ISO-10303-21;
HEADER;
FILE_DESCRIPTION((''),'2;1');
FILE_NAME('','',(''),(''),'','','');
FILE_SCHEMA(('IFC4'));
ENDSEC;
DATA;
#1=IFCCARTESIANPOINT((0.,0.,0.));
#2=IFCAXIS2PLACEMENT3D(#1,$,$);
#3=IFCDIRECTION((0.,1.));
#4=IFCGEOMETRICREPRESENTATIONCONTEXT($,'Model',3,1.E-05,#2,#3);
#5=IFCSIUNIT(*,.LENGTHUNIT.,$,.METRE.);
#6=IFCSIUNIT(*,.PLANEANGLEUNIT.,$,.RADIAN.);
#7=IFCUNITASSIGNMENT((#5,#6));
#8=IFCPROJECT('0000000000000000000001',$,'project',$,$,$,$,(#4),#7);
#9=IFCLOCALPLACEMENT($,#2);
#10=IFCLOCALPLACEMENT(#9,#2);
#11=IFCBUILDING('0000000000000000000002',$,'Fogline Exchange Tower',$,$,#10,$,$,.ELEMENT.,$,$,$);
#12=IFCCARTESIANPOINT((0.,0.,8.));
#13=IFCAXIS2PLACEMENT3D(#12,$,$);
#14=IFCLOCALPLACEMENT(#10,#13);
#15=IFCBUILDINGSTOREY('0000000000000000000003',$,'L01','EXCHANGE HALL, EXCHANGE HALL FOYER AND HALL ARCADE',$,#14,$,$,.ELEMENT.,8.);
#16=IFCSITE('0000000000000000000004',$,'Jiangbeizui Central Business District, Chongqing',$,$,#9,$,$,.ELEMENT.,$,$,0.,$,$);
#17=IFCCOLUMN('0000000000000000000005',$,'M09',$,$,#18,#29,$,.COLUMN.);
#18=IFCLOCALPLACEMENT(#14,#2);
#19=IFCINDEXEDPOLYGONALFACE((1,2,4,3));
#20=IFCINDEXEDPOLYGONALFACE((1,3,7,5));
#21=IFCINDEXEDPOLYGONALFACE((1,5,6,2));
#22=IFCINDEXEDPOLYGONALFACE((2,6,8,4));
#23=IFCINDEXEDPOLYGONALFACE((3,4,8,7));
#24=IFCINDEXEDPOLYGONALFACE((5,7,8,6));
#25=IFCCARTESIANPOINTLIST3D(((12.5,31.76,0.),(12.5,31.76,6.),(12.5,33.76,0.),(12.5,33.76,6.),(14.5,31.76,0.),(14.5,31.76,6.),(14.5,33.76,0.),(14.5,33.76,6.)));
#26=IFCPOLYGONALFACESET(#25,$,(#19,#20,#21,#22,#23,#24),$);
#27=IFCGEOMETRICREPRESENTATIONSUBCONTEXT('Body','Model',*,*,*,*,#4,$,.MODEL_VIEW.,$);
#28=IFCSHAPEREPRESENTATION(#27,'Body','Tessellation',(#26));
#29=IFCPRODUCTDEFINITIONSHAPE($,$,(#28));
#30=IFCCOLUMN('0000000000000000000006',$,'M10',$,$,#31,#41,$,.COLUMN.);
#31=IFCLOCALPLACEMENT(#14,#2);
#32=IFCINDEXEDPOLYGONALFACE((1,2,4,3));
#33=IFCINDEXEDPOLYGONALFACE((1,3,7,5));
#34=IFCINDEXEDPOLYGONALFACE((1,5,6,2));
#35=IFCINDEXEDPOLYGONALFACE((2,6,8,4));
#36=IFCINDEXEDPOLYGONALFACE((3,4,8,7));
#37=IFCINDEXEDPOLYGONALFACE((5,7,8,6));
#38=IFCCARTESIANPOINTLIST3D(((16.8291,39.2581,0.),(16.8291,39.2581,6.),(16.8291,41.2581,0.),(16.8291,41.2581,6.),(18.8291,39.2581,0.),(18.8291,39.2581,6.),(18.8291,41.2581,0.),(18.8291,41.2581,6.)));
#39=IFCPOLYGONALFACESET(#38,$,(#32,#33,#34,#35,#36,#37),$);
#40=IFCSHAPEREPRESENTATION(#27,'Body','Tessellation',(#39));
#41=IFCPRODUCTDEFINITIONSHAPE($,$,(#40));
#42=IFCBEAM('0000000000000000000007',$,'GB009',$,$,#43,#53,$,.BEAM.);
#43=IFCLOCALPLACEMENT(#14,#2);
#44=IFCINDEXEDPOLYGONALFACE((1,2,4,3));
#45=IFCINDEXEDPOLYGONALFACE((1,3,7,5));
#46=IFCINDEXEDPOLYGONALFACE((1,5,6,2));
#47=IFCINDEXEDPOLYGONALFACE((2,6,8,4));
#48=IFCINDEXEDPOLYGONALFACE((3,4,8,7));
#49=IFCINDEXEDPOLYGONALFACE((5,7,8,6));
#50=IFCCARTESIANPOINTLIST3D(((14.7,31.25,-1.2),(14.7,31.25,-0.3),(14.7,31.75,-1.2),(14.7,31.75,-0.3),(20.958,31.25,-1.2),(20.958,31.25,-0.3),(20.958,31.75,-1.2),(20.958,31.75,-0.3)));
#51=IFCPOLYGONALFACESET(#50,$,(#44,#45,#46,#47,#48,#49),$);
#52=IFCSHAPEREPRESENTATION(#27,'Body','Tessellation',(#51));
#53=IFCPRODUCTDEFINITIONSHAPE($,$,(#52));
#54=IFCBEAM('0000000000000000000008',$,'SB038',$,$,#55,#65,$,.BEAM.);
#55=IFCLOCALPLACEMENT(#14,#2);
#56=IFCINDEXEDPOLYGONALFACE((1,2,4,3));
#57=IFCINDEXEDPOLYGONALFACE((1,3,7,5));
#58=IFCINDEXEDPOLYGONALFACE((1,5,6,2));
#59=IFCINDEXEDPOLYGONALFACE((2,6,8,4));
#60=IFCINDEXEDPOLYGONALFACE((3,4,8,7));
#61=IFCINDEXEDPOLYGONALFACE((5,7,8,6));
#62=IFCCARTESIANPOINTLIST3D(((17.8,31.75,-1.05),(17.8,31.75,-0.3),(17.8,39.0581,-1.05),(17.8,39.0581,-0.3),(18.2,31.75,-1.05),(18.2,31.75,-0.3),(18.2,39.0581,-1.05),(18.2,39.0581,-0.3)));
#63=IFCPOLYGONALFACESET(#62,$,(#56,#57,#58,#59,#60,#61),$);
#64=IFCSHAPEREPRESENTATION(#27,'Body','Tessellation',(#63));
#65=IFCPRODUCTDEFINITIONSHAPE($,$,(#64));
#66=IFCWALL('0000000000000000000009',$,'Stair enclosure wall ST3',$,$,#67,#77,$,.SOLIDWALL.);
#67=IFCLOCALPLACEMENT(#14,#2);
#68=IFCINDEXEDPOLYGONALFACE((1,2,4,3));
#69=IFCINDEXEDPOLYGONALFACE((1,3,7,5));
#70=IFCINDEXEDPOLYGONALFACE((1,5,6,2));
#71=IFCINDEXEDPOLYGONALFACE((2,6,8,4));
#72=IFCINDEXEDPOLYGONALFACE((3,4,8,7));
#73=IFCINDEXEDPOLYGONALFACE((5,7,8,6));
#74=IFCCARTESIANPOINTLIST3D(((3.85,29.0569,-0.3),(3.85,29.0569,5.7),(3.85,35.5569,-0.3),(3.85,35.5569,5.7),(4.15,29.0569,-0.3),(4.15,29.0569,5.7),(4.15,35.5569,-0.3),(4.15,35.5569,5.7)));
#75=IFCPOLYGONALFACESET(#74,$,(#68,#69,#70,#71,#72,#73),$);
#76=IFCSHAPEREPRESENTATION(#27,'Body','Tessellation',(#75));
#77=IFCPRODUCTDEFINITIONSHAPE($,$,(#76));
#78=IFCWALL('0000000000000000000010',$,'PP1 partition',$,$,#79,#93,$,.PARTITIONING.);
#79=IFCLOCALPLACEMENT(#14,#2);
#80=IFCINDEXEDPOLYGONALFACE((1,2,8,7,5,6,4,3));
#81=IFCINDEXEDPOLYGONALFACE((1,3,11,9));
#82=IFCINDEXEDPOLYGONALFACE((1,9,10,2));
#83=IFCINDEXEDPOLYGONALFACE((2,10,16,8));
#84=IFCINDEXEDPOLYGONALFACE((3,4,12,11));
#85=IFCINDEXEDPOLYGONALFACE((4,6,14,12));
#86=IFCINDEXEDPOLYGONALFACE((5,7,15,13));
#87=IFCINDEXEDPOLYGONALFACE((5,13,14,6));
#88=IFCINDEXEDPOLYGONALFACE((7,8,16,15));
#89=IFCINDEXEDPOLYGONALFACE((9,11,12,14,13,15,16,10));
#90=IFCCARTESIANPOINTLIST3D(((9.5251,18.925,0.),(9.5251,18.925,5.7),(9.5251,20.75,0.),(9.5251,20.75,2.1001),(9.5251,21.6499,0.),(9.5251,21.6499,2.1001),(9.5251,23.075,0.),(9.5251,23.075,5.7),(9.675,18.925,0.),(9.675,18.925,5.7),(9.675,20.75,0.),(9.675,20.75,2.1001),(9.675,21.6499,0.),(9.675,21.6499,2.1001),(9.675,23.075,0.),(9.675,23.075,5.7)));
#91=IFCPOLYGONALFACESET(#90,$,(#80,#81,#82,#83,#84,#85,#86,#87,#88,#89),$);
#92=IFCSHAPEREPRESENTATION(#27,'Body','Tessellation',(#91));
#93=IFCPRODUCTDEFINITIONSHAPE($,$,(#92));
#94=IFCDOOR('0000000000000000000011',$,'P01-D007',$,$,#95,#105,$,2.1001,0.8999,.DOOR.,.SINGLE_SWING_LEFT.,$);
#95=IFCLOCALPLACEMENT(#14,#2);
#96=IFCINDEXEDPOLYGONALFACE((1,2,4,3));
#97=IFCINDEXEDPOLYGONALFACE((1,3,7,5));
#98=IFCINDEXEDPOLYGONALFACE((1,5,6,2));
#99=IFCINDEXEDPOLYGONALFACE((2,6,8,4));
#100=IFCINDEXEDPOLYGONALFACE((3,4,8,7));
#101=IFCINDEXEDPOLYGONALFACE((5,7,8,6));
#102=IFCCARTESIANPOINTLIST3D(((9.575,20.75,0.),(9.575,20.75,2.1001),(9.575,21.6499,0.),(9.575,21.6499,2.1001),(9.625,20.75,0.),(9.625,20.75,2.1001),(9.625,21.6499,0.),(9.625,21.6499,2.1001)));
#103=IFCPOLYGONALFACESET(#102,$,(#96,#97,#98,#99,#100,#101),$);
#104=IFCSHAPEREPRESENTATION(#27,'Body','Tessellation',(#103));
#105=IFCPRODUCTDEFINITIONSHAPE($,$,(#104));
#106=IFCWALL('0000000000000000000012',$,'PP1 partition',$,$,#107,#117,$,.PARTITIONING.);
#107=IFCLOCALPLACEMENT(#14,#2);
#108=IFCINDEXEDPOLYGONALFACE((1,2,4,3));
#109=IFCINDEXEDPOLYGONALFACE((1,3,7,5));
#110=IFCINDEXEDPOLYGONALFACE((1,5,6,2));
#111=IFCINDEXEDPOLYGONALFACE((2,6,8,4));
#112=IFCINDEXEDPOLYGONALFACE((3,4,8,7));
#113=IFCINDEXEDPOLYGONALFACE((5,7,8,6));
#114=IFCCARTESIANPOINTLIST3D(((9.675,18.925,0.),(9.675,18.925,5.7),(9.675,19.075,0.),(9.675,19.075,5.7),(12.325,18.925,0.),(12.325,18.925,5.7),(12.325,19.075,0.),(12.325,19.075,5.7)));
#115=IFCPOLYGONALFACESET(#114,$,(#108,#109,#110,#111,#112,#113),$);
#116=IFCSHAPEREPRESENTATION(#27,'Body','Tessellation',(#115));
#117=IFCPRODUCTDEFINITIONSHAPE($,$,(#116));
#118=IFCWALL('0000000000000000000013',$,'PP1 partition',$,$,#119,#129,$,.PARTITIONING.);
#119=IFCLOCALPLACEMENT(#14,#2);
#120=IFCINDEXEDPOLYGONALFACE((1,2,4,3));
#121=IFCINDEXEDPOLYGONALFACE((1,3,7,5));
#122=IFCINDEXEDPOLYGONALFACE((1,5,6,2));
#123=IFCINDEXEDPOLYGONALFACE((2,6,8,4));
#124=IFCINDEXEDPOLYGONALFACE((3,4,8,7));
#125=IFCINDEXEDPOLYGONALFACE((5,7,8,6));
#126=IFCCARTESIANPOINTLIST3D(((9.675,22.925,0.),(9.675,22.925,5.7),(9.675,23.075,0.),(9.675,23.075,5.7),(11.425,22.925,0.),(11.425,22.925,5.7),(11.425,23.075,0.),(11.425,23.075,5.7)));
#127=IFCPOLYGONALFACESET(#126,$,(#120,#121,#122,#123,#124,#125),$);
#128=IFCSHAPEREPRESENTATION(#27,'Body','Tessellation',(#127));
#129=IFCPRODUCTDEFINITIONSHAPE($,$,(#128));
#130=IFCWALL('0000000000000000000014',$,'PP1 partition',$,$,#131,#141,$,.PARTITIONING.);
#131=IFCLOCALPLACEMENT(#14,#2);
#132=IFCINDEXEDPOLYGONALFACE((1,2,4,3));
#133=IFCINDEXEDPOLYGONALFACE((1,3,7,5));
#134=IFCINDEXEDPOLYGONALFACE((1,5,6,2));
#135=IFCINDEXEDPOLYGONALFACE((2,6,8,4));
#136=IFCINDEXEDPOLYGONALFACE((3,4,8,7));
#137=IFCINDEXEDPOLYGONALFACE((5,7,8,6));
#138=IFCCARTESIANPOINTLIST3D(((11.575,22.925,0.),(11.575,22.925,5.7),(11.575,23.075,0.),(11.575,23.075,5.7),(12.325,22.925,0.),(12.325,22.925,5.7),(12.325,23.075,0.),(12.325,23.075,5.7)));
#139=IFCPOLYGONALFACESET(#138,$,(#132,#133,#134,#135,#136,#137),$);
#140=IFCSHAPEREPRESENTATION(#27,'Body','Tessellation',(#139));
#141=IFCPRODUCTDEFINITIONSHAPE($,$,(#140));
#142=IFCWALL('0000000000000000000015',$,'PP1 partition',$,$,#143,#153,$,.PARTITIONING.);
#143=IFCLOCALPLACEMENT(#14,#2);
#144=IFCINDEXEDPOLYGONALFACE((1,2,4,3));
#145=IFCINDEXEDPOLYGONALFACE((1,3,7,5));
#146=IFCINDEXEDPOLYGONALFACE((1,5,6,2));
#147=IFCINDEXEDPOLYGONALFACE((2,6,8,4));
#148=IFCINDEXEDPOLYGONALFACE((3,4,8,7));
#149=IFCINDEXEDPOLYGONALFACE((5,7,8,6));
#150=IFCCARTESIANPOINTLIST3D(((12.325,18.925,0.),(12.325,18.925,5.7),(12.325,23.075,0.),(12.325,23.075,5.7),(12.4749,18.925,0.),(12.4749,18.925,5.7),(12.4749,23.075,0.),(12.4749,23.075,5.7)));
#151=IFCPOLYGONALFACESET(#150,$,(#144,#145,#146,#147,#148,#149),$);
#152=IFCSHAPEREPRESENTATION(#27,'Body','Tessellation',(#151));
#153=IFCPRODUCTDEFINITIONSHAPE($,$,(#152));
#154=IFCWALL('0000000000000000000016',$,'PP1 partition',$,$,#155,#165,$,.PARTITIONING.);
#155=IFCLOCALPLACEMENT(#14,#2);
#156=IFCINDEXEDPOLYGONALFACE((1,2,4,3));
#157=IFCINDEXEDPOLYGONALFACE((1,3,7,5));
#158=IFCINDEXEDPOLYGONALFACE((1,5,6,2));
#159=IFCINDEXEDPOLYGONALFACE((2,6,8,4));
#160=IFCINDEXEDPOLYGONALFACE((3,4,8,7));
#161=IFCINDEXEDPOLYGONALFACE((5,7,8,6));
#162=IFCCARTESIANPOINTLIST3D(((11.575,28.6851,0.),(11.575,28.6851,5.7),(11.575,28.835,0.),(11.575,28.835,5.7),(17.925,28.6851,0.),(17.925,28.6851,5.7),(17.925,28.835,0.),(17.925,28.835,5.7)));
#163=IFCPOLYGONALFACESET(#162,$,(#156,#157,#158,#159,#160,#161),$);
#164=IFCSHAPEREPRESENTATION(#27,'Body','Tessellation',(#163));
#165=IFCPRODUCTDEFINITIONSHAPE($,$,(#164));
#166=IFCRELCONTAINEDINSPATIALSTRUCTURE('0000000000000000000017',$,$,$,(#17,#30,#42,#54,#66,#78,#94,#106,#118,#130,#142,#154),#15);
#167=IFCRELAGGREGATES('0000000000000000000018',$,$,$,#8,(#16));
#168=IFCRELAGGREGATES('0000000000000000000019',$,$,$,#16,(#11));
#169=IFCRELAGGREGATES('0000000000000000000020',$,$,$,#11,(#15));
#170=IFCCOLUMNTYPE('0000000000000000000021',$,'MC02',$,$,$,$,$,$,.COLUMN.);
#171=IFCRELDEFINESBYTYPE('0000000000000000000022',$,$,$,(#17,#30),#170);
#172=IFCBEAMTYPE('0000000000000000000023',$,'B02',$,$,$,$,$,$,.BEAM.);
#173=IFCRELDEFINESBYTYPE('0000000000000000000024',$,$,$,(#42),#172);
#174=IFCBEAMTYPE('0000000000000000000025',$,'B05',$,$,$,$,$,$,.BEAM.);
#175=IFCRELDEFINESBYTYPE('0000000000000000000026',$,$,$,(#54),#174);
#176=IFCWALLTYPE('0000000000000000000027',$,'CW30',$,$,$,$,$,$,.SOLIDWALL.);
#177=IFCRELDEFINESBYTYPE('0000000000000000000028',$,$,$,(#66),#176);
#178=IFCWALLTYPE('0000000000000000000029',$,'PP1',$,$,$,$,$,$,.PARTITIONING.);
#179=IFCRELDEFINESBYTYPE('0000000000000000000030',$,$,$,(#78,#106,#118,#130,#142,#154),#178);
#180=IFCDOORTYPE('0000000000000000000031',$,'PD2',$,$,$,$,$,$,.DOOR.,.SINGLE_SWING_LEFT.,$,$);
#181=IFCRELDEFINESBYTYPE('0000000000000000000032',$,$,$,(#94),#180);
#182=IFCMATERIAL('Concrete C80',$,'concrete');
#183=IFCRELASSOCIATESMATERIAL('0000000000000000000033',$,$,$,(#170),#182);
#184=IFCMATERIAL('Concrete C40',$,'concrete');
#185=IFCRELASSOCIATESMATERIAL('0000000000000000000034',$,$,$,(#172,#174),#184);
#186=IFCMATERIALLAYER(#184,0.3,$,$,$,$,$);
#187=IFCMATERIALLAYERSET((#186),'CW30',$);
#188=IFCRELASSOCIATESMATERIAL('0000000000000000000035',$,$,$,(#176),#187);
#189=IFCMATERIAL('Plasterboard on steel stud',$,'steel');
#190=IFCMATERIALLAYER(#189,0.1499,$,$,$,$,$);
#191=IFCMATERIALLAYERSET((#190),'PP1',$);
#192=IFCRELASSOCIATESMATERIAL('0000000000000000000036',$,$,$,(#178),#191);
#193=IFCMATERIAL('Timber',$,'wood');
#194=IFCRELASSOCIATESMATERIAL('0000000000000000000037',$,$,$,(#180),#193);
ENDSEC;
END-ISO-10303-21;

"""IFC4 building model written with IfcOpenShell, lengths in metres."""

from ifc_helpers import new_model, si_unit, direction, frame, frame_2d, origin, origin_2d, place, context, subcontext, project, spatial, rectangle, extrude, material, layer, layer_set, material_profile, profile_set, type_object, element, fill, save


model = new_model("IFC4")

# Units and contexts
model_context = context("Model", 3, precision=1e-05, world=origin(), true_north=direction((0.0, 1.0)))
body_context = subcontext(model_context, "Body", "Model", "MODEL_VIEW")
ifc_project = project(units=[si_unit("LENGTHUNIT", "METRE"), si_unit("PLANEANGLEUNIT", "RADIAN")], contexts=[model_context])

# Site, building, storey
site_placement = place(None, origin())
site = spatial("IfcSite", under=ifc_project, at=site_placement, Name="Jiangbeizui Central Business District, Chongqing", CompositionType="ELEMENT", RefElevation=0.0)
building_placement = place(site_placement, origin())
building = spatial("IfcBuilding", under=site, at=building_placement, Name="Fogline Exchange Tower", CompositionType="ELEMENT")
storey_placement = place(building_placement, frame((0.0, 0.0, 8.0)))
storey = spatial("IfcBuildingStorey", under=building, at=storey_placement, Name="L01", Description="EXCHANGE HALL, EXCHANGE HALL FOYER AND HALL ARCADE", CompositionType="ELEMENT", Elevation=8.0)

# Columns
ifc_material_1 = material(Name="Concrete C80", Category="concrete")
ifc_material_profile_1 = material_profile(ifc_material_1, rectangle(XDim=2.0, YDim=2.0, at=origin_2d()), Name="RC 2000x2000")
ifc_profile_set_1 = profile_set([ifc_material_profile_1], Name="Concrete C80")
column_type = type_object("IfcColumnType", Name="MC02", PredefinedType="COLUMN", material=ifc_profile_set_1)
for number, where, z_axis, x_axis, name in (
    (1, (13.5, 32.76, 0.0), (0.0, 0.0, 1.0), (1.0, 0.0, 0.0), "M09"),
    (2, (17.8291, 40.2581, 0.0), (0.0, 0.0, 1.0), (1.0, 0.0, 0.0), "M10"),
):
    element("IfcColumn", number, at=place(storey_placement, frame(where, z_axis=z_axis, x_axis=x_axis)), inside=storey, type_object=column_type, Name=name, PredefinedType="COLUMN", context=body_context, shape_type="SweptSolid", body=[
        extrude(rectangle(XDim=2.0, YDim=2.0, at=origin_2d()), origin(), (0.0, 0.0, 1.0), 6.0),
    ])

# Beams
ifc_material_2 = material(Name="Concrete C40", Category="concrete")
ifc_material_profile_2 = material_profile(ifc_material_2, rectangle(XDim=0.5, YDim=0.8999, at=origin_2d()), Name="RC 500x900")
ifc_profile_set_2 = profile_set([ifc_material_profile_2], Name="Concrete C40")
beam_type_1 = type_object("IfcBeamType", Name="B02", PredefinedType="BEAM", material=ifc_profile_set_2)
beam_1_placement = place(storey_placement, frame((14.7, 31.5, -0.75), z_axis=(1.0, 0.0, 0.0), x_axis=(0.0, 1.0, 0.0)))
element("IfcBeam", 3, at=beam_1_placement, inside=storey, type_object=beam_type_1, Name="GB009", PredefinedType="BEAM", context=body_context, shape_type="SweptSolid", body=[
    extrude(rectangle(XDim=0.5, YDim=0.8999, at=origin_2d()), origin(), (0.0, 0.0, 1.0), 6.2581),
])
ifc_material_profile_3 = material_profile(ifc_material_2, rectangle(XDim=0.3999, YDim=0.75, at=origin_2d()), Name="RC 400x750")
ifc_profile_set_3 = profile_set([ifc_material_profile_3], Name="Concrete C40")
beam_type_2 = type_object("IfcBeamType", Name="B05", PredefinedType="BEAM", material=ifc_profile_set_3)
beam_2_placement = place(storey_placement, frame((18.0, 31.75, -0.675), z_axis=(0.0, 1.0, 0.0), x_axis=(-1.0, 0.0, 0.0)))
element("IfcBeam", 4, at=beam_2_placement, inside=storey, type_object=beam_type_2, Name="SB038", PredefinedType="BEAM", context=body_context, shape_type="SweptSolid", body=[
    extrude(rectangle(XDim=0.3999, YDim=0.75, at=origin_2d()), origin(), (0.0, 0.0, 1.0), 7.3081),
])

# Wall
ifc_layer_1 = layer(ifc_material_2, 0.3)
ifc_layer_set_1 = layer_set([ifc_layer_1], Name="CW30")
wall_type_1 = type_object("IfcWallType", Name="CW30", PredefinedType="SOLIDWALL", material=ifc_layer_set_1)
wall_1_placement = place(storey_placement, frame((4.0, 29.0569, -0.3), z_axis=(0.0, 0.0, 1.0), x_axis=(0.0, 1.0, 0.0)))
element("IfcWall", 5, at=wall_1_placement, inside=storey, type_object=wall_type_1, Name="Stair enclosure wall ST3", PredefinedType="SOLIDWALL", context=body_context, shape_type="SweptSolid", body=[
    extrude(rectangle(XDim=6.5, YDim=0.3, at=frame_2d((3.25, 0.0))), origin(), (0.0, 0.0, 1.0), 6.0),
])

# Wall, opening, door
ifc_material_3 = material(Name="Plasterboard on steel stud", Category="steel")
ifc_layer_2 = layer(ifc_material_3, 0.1499)
ifc_layer_set_2 = layer_set([ifc_layer_2], Name="PP1")
wall_type_2 = type_object("IfcWallType", Name="PP1", PredefinedType="PARTITIONING", material=ifc_layer_set_2)
wall_2_placement = place(storey_placement, frame((9.6001, 18.925, 0.0), z_axis=(0.0, 0.0, 1.0), x_axis=(0.0, 1.0, 0.0)))
wall_2 = element("IfcWall", 6, at=wall_2_placement, inside=storey, type_object=wall_type_2, Name="PP1 partition", PredefinedType="PARTITIONING", context=body_context, shape_type="SweptSolid", body=[
    extrude(rectangle(XDim=4.1499, YDim=0.1499, at=frame_2d((2.075, 0.0))), origin(), (0.0, 0.0, 1.0), 5.7),
])
opening_1_placement = place(wall_2_placement, frame((1.825, 0.0, 0.0)))
opening_1 = element("IfcOpeningElement", 7, at=opening_1_placement, cuts=wall_2, PredefinedType="OPENING", context=body_context, shape_type="SweptSolid", body=[
    extrude(rectangle(XDim=0.8999, YDim=2.1001, at=frame_2d((0.45, 1.05))), frame((0.0, 0.085, 0.0), z_axis=(0.0, -1.0, 0.0), x_axis=(1.0, 0.0, 0.0)), (0.0, 0.0, 1.0), 0.1699),
])
ifc_material_4 = material(Name="Timber", Category="wood")
door_type_1 = type_object("IfcDoorType", Name="PD2", OperationType="SINGLE_SWING_LEFT", PredefinedType="DOOR", material=ifc_material_4)
door_1_placement = place(opening_1_placement, frame((0.8999, 0.0, 0.0), z_axis=(0.0, 0.0, 1.0), x_axis=(-1.0, 0.0, 0.0)))
door_1 = element("IfcDoor", 8, at=door_1_placement, inside=storey, type_object=door_type_1, Name="P01-D007", OperationType="SINGLE_SWING_LEFT", OverallHeight=2.1001, OverallWidth=0.8999, PredefinedType="DOOR", context=body_context, shape_type="SweptSolid", body=[
    extrude(rectangle(XDim=0.8999, YDim=2.1001, at=frame_2d((0.45, 1.05))), frame((0.0, 0.0249, 0.0), z_axis=(0.0, -1.0, 0.0), x_axis=(1.0, 0.0, 0.0)), (0.0, 0.0, 1.0), 0.05),
])
fill(opening_1, door_1)

# Walls
wall_3_placement = place(storey_placement, frame((12.325, 19.0, 0.0), z_axis=(0.0, 0.0, 1.0), x_axis=(-1.0, 0.0, 0.0)))
element("IfcWall", 9, at=wall_3_placement, inside=storey, type_object=wall_type_2, Name="PP1 partition", PredefinedType="PARTITIONING", context=body_context, shape_type="SweptSolid", body=[
    extrude(rectangle(XDim=2.6499, YDim=0.1499, at=frame_2d((1.325, 0.0))), origin(), (0.0, 0.0, 1.0), 5.7),
])
wall_4_placement = place(storey_placement, frame((9.675, 23.0, 0.0), z_axis=(0.0, 0.0, 1.0), x_axis=(1.0, 0.0, 0.0)))
element("IfcWall", 10, at=wall_4_placement, inside=storey, type_object=wall_type_2, Name="PP1 partition", PredefinedType="PARTITIONING", context=body_context, shape_type="SweptSolid", body=[
    extrude(rectangle(XDim=1.75, YDim=0.1499, at=frame_2d((0.875, 0.0))), origin(), (0.0, 0.0, 1.0), 5.7),
])
wall_5_placement = place(storey_placement, frame((11.575, 23.0, 0.0), z_axis=(0.0, 0.0, 1.0), x_axis=(1.0, 0.0, 0.0)))
element("IfcWall", 11, at=wall_5_placement, inside=storey, type_object=wall_type_2, Name="PP1 partition", PredefinedType="PARTITIONING", context=body_context, shape_type="SweptSolid", body=[
    extrude(rectangle(XDim=0.75, YDim=0.1499, at=frame_2d((0.375, 0.0))), origin(), (0.0, 0.0, 1.0), 5.7),
])
wall_6_placement = place(storey_placement, frame((12.3999, 23.075, 0.0), z_axis=(0.0, 0.0, 1.0), x_axis=(0.0, -1.0, 0.0)))
element("IfcWall", 12, at=wall_6_placement, inside=storey, type_object=wall_type_2, Name="PP1 partition", PredefinedType="PARTITIONING", context=body_context, shape_type="SweptSolid", body=[
    extrude(rectangle(XDim=4.1499, YDim=0.1499, at=frame_2d((2.075, 0.0))), origin(), (0.0, 0.0, 1.0), 5.7),
])

# Wall
wall_7_placement = place(storey_placement, frame((11.575, 28.76, 0.0), z_axis=(0.0, 0.0, 1.0), x_axis=(1.0, 0.0, 0.0)))
element("IfcWall", 13, at=wall_7_placement, inside=storey, type_object=wall_type_2, Name="PP1 partition", PredefinedType="PARTITIONING", context=body_context, shape_type="SweptSolid", body=[
    extrude(rectangle(XDim=6.3501, YDim=0.1499, at=frame_2d((3.175, 0.0))), origin(), (0.0, 0.0, 1.0), 5.7),
])

save(model, "model.ifc")
